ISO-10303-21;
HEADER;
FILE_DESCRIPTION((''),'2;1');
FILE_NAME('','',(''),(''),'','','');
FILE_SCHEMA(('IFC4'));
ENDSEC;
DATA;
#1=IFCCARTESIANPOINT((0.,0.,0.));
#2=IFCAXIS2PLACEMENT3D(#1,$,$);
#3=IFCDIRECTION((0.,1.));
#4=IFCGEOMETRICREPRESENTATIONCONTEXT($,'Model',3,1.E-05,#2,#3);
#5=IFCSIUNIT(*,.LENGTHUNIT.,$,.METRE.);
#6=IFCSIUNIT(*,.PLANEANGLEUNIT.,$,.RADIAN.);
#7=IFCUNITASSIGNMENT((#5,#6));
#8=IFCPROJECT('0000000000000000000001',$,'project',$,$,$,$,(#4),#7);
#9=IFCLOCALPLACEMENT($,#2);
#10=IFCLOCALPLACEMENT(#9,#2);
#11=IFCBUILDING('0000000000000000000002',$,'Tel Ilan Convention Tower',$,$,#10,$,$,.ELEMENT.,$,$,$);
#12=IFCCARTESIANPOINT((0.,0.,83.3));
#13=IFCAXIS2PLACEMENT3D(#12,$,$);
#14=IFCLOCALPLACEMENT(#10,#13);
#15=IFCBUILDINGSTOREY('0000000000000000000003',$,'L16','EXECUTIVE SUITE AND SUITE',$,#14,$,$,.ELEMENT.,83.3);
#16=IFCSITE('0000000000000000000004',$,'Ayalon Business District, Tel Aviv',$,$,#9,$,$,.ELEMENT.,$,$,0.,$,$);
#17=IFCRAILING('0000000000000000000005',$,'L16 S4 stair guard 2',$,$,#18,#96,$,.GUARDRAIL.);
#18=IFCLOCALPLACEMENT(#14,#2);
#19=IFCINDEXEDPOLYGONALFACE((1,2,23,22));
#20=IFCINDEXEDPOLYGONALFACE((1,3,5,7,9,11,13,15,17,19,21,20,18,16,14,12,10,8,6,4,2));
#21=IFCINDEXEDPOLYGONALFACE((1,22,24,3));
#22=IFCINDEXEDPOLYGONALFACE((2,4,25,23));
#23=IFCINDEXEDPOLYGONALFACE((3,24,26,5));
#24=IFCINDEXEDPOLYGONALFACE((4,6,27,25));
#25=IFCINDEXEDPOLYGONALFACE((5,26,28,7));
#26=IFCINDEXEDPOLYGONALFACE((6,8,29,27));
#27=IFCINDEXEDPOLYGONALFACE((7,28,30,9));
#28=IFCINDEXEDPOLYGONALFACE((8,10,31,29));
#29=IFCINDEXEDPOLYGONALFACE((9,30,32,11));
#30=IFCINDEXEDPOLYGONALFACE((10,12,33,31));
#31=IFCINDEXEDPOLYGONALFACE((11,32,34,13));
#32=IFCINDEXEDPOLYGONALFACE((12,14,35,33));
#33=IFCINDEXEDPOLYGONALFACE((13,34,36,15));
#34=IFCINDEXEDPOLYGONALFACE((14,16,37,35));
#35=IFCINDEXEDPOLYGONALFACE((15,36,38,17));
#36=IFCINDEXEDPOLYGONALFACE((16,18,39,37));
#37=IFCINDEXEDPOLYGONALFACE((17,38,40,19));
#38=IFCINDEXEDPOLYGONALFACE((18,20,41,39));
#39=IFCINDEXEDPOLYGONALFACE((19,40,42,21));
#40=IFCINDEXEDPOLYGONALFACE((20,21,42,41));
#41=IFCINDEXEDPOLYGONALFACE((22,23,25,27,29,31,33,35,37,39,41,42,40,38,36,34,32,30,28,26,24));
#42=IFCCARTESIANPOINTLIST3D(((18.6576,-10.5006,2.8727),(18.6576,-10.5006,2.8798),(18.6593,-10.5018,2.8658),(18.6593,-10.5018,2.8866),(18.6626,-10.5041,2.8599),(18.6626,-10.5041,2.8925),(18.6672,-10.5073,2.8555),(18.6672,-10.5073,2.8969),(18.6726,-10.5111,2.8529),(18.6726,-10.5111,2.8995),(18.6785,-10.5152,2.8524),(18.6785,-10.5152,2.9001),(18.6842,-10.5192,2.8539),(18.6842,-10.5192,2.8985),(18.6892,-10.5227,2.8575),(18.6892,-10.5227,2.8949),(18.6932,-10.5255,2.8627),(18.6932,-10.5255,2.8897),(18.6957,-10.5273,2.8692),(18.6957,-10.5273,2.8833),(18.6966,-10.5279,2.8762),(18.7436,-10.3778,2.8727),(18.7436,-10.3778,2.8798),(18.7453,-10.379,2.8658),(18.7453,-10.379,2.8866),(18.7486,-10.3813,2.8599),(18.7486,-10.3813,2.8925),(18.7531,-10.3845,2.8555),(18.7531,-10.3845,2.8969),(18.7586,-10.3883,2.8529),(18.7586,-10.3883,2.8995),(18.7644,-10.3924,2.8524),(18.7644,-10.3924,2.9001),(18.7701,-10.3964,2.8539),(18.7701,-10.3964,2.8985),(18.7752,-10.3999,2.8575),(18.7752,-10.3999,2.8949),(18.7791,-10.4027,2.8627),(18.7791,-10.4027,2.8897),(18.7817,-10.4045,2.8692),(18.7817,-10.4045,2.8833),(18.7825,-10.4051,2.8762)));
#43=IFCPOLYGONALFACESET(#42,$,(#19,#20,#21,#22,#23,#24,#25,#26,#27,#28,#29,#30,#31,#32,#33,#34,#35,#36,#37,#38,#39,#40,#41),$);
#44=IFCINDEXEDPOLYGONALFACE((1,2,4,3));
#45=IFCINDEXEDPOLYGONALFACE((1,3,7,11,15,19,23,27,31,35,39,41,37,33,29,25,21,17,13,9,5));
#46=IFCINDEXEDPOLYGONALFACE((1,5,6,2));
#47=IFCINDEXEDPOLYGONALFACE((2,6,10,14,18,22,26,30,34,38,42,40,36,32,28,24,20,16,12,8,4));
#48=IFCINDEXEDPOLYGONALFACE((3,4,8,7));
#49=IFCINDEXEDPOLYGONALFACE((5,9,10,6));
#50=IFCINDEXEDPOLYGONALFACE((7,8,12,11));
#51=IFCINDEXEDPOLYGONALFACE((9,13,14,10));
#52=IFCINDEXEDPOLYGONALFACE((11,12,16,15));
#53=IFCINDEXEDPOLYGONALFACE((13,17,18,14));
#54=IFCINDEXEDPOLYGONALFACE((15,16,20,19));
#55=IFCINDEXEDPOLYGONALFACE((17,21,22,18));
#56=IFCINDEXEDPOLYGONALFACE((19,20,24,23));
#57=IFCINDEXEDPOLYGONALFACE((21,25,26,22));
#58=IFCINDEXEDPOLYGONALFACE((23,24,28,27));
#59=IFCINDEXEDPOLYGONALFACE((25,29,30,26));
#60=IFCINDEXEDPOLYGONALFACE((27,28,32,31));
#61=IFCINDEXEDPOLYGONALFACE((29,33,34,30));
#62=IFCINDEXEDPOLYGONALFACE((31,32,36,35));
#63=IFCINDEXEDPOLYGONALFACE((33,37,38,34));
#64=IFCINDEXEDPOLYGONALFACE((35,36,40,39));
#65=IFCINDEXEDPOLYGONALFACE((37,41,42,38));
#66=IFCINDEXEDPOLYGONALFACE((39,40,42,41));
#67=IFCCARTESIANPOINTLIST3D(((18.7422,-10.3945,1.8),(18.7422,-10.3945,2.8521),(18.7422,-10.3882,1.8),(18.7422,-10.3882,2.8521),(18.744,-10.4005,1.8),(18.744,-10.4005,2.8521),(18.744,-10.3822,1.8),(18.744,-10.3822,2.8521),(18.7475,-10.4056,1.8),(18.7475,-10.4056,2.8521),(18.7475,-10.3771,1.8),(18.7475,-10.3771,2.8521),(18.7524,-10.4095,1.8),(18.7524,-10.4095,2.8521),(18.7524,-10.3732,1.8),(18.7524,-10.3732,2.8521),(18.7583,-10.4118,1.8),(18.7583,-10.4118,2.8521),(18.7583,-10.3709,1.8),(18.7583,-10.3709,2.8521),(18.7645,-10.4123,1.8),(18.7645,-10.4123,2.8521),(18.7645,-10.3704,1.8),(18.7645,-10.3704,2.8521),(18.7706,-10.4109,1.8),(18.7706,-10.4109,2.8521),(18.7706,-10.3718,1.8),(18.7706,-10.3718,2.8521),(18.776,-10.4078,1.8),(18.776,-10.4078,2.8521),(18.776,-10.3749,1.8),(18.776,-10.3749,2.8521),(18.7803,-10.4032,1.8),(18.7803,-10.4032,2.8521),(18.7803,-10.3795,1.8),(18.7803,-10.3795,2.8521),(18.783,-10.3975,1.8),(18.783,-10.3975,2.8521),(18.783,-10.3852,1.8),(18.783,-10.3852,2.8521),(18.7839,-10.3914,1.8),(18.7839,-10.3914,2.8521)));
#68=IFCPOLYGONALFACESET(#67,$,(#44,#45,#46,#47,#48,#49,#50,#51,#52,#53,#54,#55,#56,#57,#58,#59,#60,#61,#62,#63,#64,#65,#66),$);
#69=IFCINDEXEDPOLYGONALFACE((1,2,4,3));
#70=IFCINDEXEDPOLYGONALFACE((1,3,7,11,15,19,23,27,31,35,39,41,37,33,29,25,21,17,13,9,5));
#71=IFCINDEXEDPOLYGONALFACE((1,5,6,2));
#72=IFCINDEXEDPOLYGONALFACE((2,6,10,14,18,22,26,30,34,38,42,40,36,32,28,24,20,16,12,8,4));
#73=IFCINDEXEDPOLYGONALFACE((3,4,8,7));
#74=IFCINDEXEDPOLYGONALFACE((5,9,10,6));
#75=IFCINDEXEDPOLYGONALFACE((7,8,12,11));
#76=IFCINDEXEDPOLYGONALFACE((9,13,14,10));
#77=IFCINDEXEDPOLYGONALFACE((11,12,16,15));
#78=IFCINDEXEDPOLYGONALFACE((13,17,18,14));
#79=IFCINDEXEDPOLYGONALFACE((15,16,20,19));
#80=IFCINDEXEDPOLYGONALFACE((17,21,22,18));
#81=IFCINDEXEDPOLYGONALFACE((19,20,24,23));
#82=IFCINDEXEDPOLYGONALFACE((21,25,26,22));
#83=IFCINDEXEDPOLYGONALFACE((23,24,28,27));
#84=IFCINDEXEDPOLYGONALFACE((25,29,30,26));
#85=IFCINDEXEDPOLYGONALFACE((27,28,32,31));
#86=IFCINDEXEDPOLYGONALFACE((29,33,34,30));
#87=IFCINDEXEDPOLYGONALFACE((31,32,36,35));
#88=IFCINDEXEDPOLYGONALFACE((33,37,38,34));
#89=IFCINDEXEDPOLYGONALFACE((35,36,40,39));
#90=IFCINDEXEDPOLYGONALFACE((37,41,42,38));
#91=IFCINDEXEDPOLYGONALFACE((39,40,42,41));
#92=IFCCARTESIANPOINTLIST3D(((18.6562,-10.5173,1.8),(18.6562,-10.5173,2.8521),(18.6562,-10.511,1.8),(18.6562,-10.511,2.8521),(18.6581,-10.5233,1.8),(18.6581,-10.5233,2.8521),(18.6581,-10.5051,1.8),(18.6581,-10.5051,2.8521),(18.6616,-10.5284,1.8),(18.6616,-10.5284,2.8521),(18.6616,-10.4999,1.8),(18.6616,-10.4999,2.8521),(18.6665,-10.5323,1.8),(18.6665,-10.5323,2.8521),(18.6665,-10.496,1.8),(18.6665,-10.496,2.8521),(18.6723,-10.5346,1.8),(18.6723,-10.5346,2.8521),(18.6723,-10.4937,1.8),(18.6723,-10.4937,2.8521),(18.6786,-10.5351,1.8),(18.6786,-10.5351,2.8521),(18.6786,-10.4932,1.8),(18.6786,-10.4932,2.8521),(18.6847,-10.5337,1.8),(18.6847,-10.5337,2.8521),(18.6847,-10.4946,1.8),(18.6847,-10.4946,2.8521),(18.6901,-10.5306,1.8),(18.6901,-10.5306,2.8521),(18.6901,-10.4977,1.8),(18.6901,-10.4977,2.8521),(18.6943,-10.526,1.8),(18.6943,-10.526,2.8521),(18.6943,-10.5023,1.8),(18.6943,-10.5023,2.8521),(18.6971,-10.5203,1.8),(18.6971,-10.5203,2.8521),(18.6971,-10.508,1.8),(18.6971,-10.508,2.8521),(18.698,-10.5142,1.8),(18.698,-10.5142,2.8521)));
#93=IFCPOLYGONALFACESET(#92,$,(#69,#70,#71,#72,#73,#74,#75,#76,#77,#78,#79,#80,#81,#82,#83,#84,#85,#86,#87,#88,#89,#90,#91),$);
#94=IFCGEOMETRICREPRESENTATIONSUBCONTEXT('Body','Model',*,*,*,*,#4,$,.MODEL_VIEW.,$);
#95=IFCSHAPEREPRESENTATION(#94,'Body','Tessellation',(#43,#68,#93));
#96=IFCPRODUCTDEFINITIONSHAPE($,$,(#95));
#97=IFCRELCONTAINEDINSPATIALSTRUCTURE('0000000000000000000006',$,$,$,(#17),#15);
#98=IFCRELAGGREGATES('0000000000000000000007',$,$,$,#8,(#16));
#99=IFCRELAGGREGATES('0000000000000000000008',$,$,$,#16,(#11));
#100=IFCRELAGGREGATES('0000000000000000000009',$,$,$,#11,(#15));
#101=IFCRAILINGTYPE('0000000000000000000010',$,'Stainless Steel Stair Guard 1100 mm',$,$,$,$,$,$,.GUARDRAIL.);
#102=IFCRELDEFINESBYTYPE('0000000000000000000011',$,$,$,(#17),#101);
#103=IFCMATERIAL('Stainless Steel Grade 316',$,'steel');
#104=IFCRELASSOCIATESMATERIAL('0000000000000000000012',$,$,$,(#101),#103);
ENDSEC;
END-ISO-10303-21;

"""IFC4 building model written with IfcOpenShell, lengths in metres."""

from ifc_helpers import new_model, si_unit, direction, frame, origin, origin_2d, place, context, subcontext, project, spatial, circle, extrude, material, type_object, element, save


model = new_model("IFC4")

# Units and contexts
model_context = context("Model", 3, precision=1e-05, world=origin(), true_north=direction((0.0, 1.0)))
body_context = subcontext(model_context, "Body", "Model", "MODEL_VIEW")
ifc_project = project(units=[si_unit("LENGTHUNIT", "METRE"), si_unit("PLANEANGLEUNIT", "RADIAN")], contexts=[model_context])

# Site, building, storey
site_placement = place(None, origin())
site = spatial("IfcSite", under=ifc_project, at=site_placement, Name="Ayalon Business District, Tel Aviv", CompositionType="ELEMENT", RefElevation=0.0)
building_placement = place(site_placement, origin())
building = spatial("IfcBuilding", under=site, at=building_placement, Name="Tel Ilan Convention Tower", CompositionType="ELEMENT")
storey_placement = place(building_placement, frame((0.0, 0.0, 83.3)))
storey = spatial("IfcBuildingStorey", under=building, at=storey_placement, Name="L16", Description="EXECUTIVE SUITE AND SUITE", CompositionType="ELEMENT", Elevation=83.3)

# Railing
ifc_material_1 = material(Name="Stainless Steel Grade 316", Category="steel")
railing_type_1 = type_object("IfcRailingType", Name="Stainless Steel Stair Guard 1100 mm", PredefinedType="GUARDRAIL", material=ifc_material_1)
railing_1_placement = place(storey_placement, frame((18.7629, -10.3914, 1.8)))
element("IfcRailing", 1, at=railing_1_placement, inside=storey, type_object=railing_type_1, Name="L16 S4 stair guard 2", PredefinedType="GUARDRAIL", context=body_context, shape_type="SweptSolid", body=[
    extrude(circle(Radius=0.0239, at=origin_2d()), frame((0.0, 0.0, 1.0762), z_axis=(-0.573353, -0.819308, 0.0), x_axis=(0.819308, -0.573353, 0.0)), (0.0, 0.0, 1.0), 0.1499),
    extrude(circle(Radius=0.021, at=origin_2d()), origin(), (0.0, 0.0, 1.0), 1.052),
    extrude(circle(Radius=0.021, at=origin_2d()), frame((-0.0859, -0.1228, 0.0)), (0.0, 0.0, 1.0), 1.052),
])

save(model, "model.ifc")
